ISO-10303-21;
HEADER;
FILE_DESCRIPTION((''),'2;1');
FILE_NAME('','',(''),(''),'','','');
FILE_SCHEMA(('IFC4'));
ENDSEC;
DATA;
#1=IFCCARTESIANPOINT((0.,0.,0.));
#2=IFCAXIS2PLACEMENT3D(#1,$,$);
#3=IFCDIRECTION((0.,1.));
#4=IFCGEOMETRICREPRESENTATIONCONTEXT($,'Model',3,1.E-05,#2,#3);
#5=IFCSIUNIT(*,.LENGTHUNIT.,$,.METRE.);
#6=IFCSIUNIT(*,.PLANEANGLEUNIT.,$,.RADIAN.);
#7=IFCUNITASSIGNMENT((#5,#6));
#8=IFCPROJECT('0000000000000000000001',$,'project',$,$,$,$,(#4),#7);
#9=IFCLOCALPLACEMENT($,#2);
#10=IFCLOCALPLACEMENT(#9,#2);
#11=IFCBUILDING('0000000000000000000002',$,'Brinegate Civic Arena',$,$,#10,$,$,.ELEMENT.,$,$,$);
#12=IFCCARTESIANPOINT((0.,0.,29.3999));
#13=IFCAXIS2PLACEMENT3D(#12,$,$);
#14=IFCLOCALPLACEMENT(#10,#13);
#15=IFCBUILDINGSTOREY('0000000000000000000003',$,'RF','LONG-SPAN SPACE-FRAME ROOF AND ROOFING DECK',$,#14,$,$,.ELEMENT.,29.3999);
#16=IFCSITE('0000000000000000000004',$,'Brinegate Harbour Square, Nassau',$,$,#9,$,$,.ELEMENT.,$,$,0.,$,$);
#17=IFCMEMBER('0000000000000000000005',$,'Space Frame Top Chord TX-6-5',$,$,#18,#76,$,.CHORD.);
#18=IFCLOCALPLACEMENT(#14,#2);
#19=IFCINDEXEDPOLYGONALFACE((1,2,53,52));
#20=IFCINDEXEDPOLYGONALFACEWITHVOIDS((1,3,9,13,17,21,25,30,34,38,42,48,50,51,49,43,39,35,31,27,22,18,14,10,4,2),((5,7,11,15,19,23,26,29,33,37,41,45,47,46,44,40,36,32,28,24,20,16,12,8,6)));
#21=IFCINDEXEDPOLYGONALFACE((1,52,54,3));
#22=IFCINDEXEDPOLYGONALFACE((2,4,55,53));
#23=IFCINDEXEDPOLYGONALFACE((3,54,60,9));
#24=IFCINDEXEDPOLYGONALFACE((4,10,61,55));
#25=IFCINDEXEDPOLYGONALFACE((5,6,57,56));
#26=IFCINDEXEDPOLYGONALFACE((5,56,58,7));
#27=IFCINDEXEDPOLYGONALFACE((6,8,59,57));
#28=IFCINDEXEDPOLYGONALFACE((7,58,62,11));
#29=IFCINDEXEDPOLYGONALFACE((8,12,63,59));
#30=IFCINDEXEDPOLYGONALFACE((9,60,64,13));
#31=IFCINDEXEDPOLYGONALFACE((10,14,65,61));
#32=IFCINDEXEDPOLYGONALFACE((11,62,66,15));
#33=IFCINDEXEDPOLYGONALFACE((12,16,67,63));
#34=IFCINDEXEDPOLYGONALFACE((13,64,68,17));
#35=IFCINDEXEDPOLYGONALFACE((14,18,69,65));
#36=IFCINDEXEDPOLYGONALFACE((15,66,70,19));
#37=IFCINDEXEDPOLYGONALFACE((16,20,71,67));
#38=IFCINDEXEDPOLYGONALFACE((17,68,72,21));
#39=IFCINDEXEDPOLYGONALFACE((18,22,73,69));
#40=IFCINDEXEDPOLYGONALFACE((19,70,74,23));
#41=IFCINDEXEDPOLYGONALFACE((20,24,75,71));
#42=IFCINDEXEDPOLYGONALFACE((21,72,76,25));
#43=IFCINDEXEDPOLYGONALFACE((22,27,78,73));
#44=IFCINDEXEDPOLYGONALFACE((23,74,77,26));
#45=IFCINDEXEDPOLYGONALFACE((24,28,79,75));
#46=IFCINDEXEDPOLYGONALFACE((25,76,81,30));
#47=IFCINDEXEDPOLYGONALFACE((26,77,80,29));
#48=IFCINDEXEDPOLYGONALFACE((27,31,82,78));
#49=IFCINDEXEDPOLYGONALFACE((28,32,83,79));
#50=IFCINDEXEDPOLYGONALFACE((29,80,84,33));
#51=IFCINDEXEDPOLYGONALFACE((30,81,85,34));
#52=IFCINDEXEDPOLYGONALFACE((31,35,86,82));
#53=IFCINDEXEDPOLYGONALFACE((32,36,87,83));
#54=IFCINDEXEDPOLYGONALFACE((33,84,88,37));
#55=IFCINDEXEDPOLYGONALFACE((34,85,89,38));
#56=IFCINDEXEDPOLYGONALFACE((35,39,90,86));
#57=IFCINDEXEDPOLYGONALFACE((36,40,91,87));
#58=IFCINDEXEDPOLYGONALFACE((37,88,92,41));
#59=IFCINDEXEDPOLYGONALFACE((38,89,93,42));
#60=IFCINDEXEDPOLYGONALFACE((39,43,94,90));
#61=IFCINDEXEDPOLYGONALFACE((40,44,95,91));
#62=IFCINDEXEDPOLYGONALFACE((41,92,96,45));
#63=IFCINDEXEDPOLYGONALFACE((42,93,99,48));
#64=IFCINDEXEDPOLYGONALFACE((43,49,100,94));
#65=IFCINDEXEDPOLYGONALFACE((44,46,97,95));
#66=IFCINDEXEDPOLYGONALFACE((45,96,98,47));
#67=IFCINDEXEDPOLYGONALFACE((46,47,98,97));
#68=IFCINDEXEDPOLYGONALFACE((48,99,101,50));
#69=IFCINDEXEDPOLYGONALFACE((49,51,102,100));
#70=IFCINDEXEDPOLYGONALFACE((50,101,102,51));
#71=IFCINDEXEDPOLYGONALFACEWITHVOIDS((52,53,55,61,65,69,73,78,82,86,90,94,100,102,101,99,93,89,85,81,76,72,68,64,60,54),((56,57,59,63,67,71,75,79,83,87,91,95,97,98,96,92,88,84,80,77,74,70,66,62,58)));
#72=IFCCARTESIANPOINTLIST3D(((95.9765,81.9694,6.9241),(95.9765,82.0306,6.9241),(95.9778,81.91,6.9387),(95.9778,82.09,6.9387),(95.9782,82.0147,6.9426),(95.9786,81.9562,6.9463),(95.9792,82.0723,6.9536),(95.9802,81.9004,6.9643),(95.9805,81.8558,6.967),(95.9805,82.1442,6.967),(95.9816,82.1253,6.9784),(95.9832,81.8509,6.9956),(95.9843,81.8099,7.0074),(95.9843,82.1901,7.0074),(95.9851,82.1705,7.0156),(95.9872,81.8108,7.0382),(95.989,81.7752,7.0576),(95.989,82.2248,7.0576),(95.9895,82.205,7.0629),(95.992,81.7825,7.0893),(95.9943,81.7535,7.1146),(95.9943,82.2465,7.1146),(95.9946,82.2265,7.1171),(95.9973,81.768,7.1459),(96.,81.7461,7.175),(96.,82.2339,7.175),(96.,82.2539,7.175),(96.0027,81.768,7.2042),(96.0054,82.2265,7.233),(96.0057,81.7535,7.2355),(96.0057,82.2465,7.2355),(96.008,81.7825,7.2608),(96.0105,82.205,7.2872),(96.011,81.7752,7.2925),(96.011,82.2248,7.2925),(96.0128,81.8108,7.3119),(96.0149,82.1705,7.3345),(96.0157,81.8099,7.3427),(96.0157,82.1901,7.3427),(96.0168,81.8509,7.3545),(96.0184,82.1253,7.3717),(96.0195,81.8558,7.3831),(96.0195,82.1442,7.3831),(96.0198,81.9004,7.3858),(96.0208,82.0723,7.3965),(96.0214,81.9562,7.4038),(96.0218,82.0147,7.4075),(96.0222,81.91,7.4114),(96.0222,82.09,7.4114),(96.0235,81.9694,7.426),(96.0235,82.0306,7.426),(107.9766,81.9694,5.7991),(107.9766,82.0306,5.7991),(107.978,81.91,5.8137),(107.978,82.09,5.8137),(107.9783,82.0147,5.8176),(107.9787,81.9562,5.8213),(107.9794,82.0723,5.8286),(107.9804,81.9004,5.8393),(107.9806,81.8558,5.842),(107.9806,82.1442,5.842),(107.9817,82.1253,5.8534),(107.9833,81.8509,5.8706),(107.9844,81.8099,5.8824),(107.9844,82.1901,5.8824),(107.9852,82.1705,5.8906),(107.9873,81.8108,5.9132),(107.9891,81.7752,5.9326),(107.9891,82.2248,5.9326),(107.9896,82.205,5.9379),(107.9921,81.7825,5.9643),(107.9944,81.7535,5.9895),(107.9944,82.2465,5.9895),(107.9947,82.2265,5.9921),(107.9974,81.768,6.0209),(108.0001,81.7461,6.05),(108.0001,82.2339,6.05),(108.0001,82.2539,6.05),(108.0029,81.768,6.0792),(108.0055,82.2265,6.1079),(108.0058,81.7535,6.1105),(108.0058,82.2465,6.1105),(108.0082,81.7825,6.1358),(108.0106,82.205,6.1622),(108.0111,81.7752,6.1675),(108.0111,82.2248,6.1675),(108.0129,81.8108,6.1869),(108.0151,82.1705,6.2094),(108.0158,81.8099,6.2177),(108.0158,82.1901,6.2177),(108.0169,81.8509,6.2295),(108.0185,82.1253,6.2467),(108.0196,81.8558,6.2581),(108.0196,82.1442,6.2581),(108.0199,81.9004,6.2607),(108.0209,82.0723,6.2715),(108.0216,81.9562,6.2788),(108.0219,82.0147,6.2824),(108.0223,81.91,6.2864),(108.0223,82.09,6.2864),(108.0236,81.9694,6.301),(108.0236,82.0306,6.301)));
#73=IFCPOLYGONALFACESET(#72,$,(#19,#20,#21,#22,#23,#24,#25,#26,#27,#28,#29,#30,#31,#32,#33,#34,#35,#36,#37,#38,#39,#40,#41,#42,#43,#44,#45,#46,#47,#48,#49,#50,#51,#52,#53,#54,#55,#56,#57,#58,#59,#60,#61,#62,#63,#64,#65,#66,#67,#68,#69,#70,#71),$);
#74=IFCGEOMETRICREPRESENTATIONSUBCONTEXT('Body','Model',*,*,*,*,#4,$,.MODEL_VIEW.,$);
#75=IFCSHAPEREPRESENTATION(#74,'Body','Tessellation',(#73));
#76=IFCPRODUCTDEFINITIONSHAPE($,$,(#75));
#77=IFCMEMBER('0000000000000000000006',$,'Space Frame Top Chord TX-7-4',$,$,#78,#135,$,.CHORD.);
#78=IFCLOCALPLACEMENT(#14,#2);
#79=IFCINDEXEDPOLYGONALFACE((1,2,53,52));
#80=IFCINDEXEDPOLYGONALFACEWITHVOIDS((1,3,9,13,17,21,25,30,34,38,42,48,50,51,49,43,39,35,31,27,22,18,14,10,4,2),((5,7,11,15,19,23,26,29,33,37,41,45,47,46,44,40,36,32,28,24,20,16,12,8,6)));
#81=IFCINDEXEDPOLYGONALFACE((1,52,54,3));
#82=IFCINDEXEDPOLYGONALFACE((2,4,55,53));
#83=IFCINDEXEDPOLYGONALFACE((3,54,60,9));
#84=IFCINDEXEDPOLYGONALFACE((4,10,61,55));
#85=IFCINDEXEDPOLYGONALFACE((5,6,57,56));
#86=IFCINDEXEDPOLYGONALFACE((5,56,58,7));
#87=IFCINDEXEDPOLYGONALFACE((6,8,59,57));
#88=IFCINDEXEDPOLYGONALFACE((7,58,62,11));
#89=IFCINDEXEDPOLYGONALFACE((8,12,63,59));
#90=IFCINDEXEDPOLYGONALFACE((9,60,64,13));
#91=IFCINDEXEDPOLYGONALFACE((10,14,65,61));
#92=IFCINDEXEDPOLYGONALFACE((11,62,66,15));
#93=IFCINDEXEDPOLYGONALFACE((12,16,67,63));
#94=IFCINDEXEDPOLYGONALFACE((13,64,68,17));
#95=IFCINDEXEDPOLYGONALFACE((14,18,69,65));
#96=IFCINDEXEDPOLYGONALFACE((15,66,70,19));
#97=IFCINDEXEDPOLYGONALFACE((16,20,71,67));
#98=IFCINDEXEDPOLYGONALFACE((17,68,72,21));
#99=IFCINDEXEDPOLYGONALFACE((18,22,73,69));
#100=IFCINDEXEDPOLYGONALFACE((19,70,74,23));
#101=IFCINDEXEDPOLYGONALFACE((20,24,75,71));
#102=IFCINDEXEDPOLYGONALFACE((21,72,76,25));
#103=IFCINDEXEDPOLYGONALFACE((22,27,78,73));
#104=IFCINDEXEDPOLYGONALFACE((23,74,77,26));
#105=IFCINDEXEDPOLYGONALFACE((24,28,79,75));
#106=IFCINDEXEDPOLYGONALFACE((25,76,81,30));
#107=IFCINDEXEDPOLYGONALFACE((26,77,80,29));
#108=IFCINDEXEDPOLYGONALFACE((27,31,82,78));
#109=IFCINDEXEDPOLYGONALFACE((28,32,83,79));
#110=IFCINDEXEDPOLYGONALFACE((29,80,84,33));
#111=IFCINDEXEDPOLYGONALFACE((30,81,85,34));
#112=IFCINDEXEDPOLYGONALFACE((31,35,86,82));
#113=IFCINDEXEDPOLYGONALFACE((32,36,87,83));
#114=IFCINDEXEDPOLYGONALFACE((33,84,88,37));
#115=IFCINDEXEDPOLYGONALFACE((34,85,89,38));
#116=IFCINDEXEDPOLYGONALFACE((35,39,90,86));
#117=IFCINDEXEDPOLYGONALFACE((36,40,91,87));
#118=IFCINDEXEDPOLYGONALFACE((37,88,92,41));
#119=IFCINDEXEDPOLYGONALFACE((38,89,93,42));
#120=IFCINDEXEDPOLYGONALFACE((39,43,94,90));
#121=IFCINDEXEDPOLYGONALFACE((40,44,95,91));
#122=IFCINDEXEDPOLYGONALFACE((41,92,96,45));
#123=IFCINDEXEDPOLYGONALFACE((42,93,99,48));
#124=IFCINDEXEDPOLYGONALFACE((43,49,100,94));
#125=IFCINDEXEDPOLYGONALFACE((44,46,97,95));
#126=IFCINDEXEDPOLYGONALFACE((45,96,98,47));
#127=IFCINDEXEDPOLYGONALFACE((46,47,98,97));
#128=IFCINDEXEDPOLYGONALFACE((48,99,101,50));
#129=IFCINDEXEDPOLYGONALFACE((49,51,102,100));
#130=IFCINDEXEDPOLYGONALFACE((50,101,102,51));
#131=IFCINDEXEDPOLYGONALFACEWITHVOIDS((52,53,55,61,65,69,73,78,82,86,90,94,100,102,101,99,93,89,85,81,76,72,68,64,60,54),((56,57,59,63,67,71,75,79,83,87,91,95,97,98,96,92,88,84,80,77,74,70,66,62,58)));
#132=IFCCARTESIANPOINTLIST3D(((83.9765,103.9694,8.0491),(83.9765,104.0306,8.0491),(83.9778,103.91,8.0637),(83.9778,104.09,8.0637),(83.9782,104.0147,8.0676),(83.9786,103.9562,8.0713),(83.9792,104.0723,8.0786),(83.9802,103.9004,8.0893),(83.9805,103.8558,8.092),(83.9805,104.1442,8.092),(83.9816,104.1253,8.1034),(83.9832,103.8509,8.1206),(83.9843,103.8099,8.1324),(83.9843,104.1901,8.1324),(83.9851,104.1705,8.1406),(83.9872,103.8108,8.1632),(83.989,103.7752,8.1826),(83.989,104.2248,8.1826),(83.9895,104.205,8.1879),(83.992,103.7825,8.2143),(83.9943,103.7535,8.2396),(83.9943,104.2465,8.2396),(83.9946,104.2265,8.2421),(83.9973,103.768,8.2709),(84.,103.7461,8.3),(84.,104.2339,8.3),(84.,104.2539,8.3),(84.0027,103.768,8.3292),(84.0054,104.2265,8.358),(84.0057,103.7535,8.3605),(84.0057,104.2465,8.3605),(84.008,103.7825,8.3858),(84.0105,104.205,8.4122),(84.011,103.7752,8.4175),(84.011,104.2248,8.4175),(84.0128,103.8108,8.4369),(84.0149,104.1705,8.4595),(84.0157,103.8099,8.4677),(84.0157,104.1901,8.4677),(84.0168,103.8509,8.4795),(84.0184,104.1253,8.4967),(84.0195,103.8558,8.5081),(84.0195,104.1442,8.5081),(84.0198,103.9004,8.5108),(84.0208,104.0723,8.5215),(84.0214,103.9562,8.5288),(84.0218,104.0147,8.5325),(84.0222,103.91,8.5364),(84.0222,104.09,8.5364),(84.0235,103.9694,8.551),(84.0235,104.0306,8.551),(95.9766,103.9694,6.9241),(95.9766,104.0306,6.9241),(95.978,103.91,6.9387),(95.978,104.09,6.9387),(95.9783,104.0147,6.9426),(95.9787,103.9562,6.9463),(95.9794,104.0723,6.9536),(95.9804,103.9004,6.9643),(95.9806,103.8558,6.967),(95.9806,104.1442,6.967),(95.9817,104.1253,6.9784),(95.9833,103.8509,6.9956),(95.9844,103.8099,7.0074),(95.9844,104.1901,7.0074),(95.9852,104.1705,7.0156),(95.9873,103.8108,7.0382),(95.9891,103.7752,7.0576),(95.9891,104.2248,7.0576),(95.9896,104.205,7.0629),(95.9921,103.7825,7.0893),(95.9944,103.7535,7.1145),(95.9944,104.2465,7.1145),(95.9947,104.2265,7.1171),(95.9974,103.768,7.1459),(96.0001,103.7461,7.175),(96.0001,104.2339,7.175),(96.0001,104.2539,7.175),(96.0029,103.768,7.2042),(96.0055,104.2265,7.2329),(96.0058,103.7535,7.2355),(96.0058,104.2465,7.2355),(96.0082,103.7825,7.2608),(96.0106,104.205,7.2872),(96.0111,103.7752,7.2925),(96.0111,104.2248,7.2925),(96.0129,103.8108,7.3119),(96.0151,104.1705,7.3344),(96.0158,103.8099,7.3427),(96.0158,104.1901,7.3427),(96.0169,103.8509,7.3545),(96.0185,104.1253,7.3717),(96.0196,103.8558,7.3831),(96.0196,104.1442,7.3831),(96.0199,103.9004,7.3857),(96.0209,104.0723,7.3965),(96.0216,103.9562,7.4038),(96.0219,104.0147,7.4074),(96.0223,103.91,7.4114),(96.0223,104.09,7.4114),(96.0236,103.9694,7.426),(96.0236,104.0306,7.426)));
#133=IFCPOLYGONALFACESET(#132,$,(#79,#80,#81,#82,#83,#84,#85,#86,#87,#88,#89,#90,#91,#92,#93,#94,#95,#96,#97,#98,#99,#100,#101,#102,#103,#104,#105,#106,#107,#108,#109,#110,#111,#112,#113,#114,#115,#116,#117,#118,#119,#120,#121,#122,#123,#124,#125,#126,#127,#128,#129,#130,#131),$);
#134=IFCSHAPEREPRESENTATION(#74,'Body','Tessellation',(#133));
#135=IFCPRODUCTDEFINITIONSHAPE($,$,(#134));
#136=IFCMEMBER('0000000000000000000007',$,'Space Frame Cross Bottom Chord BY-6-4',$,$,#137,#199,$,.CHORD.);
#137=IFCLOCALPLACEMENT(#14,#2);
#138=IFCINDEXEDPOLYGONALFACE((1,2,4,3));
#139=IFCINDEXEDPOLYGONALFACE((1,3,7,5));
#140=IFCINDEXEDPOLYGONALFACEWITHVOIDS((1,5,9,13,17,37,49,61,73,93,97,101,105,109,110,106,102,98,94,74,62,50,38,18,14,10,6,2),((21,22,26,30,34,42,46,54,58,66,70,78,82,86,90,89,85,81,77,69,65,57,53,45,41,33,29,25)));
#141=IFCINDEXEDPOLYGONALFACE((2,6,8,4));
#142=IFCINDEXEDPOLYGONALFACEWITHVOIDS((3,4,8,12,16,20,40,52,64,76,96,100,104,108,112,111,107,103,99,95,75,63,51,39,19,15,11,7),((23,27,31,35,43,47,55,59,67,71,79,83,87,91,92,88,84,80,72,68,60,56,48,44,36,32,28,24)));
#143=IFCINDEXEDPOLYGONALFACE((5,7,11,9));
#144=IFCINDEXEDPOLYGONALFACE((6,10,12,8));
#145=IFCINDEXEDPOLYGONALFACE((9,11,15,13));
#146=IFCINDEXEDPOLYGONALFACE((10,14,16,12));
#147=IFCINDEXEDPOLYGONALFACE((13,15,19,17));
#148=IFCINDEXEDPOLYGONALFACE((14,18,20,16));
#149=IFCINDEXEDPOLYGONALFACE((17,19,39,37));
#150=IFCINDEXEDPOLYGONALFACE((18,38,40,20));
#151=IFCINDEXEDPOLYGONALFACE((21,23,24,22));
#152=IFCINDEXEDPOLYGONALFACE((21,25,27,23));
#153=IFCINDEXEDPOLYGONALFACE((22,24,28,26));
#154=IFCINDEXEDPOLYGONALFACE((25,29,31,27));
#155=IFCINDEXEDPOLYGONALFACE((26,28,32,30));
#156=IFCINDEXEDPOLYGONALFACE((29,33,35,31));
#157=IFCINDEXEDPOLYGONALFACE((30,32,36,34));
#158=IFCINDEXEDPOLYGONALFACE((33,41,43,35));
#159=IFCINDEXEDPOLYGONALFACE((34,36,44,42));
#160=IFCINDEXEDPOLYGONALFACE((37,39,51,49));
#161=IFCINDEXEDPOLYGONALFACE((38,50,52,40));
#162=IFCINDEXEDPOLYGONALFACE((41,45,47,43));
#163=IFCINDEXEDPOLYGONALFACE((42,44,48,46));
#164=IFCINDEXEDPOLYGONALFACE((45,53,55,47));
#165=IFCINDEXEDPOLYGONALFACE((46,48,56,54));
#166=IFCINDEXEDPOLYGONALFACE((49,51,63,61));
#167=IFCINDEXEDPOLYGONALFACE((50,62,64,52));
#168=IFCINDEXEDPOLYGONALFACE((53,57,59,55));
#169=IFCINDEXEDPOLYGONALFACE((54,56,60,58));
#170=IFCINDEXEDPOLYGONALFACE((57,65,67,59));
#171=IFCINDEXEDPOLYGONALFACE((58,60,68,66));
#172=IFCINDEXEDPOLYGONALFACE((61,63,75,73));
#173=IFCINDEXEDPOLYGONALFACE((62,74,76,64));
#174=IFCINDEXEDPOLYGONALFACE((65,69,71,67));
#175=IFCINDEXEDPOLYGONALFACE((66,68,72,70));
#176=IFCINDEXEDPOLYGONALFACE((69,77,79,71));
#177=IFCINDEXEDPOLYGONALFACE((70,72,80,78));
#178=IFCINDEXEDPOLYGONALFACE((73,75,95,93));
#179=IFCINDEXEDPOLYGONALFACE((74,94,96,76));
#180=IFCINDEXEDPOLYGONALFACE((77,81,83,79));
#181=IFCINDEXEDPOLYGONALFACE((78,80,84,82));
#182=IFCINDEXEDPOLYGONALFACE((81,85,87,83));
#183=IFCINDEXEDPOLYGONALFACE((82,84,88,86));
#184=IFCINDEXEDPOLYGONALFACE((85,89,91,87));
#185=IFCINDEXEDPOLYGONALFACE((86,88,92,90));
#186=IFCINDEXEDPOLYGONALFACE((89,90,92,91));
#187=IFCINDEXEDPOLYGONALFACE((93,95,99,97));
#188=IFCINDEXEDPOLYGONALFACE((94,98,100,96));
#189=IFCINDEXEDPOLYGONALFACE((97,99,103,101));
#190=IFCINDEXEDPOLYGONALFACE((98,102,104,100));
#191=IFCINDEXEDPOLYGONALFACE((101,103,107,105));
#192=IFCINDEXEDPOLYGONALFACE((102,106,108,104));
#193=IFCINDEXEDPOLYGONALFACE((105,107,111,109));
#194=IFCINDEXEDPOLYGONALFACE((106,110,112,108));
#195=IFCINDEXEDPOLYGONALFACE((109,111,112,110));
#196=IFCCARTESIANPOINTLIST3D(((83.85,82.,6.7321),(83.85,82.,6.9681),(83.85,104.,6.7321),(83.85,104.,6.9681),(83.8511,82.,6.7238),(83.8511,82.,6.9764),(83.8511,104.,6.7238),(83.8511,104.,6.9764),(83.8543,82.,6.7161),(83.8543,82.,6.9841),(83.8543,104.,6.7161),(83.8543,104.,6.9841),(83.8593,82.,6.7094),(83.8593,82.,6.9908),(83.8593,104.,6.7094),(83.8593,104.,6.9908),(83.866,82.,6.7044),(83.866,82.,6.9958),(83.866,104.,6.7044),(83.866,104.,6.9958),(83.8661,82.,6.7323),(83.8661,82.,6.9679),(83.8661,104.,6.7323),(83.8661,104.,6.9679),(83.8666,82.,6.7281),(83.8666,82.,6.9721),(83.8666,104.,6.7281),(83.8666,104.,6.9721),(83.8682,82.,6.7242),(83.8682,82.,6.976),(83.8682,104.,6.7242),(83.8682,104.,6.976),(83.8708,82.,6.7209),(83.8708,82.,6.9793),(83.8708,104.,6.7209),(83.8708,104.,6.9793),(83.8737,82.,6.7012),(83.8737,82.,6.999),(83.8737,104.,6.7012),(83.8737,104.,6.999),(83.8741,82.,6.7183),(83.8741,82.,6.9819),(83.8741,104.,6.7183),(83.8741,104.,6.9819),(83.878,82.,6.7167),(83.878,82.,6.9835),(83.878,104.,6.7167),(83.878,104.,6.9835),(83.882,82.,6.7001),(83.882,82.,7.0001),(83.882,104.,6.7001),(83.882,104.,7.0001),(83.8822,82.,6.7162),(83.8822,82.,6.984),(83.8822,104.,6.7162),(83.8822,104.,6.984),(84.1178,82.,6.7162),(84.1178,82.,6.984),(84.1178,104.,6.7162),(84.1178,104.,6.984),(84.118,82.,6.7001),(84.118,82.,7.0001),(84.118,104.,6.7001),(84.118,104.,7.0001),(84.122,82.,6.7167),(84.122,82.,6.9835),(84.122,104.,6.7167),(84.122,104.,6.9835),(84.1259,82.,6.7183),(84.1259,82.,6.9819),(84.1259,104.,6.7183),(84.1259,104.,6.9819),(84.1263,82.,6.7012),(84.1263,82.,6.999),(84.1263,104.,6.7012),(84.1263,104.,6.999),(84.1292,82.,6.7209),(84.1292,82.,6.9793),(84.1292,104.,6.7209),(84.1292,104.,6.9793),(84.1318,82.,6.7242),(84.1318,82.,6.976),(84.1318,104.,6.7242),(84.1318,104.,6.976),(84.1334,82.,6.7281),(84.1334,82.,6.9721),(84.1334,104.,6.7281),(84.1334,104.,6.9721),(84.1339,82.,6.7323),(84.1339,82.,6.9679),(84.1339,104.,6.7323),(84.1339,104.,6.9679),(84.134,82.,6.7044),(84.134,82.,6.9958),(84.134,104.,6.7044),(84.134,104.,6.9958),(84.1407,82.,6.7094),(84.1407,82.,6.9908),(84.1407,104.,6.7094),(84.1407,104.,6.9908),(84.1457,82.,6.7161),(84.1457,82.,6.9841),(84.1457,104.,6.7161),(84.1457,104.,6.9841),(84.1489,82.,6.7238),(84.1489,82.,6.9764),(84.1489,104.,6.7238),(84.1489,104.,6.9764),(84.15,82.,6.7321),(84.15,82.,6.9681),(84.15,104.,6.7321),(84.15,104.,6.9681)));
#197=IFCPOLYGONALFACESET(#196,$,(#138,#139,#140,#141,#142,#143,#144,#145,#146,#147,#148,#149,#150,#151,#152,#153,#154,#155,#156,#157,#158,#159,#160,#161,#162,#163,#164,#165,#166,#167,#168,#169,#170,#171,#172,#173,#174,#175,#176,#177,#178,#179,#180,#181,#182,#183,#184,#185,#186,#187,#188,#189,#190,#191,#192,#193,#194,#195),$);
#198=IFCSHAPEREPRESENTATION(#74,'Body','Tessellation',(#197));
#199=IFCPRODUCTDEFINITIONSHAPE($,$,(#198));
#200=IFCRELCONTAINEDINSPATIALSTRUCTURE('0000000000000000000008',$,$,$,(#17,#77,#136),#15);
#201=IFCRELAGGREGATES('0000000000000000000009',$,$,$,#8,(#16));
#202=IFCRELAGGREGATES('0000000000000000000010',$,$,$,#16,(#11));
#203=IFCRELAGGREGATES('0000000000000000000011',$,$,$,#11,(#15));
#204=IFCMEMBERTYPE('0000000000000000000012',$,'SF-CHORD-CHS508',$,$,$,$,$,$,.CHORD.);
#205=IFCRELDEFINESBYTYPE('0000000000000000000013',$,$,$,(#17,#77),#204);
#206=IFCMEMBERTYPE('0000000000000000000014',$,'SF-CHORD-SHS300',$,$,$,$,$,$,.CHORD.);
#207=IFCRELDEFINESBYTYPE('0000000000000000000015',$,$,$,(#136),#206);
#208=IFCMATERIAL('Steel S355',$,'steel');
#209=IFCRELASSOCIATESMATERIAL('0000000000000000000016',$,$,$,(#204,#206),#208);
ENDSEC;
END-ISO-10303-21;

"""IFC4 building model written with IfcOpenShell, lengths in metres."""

from ifc_helpers import new_model, si_unit, direction, frame, origin, origin_2d, place, context, subcontext, project, spatial, hollow_rectangle, hollow_circle, extrude, material, material_profile, profile_set, type_object, element, save


model = new_model("IFC4")

# Units and contexts
model_context = context("Model", 3, precision=1e-05, world=origin(), true_north=direction((0.0, 1.0)))
body_context = subcontext(model_context, "Body", "Model", "MODEL_VIEW")
ifc_project = project(units=[si_unit("LENGTHUNIT", "METRE"), si_unit("PLANEANGLEUNIT", "RADIAN")], contexts=[model_context])

# Site, building, storey
site_placement = place(None, origin())
site = spatial("IfcSite", under=ifc_project, at=site_placement, Name="Brinegate Harbour Square, Nassau", CompositionType="ELEMENT", RefElevation=0.0)
building_placement = place(site_placement, origin())
building = spatial("IfcBuilding", under=site, at=building_placement, Name="Brinegate Civic Arena", CompositionType="ELEMENT")
storey_placement = place(building_placement, frame((0.0, 0.0, 29.3999)))
storey = spatial("IfcBuildingStorey", under=building, at=storey_placement, Name="RF", Description="LONG-SPAN SPACE-FRAME ROOF AND ROOFING DECK", CompositionType="ELEMENT", Elevation=29.3999)

# Members
ifc_material = material(Name="Steel S355", Category="steel")
ifc_material_profile_1 = material_profile(ifc_material, hollow_circle(Radius=0.2539, WallThickness=0.02, at=origin_2d()), Name="CHS508X20")
ifc_profile_set_1 = profile_set([ifc_material_profile_1], Name="Steel S355")
member_type_1 = type_object("IfcMemberType", Name="SF-CHORD-CHS508", PredefinedType="CHORD", material=ifc_profile_set_1)
for number, where, z_axis, x_axis, name in (
    (1, (96.0, 82.0, 7.175), (0.995634, 0.0, -0.093341), (0.0, 1.0, 0.0), "Space Frame Top Chord TX-6-5"),
    (2, (84.0, 104.0, 8.3), (0.995634, 0.0, -0.093341), (0.0, 1.0, 0.0), "Space Frame Top Chord TX-7-4"),
):
    element("IfcMember", number, at=place(storey_placement, frame(where, z_axis=z_axis, x_axis=x_axis)), inside=storey, type_object=member_type_1, Name=name, PredefinedType="CHORD", context=body_context, shape_type="SweptSolid", body=[
        extrude(hollow_circle(Radius=0.2539, WallThickness=0.02, at=origin_2d()), origin(), (0.0, 0.0, 1.0), 12.0527),
    ])
ifc_material_profile_2 = material_profile(ifc_material, hollow_rectangle(XDim=0.3, YDim=0.3, WallThickness=0.0161, InnerFilletRadius=0.0161, OuterFilletRadius=0.032, at=origin_2d()), Name="SHS300X16")
ifc_profile_set_2 = profile_set([ifc_material_profile_2], Name="Steel S355")
member_type_2 = type_object("IfcMemberType", Name="SF-CHORD-SHS300", PredefinedType="CHORD", material=ifc_profile_set_2)
member_1_placement = place(storey_placement, frame((84.0, 82.0, 6.8501), z_axis=(0.0, 1.0, 0.0), x_axis=(-1.0, 0.0, 0.0)))
element("IfcMember", 3, at=member_1_placement, inside=storey, type_object=member_type_2, Name="Space Frame Cross Bottom Chord BY-6-4", PredefinedType="CHORD", context=body_context, shape_type="SweptSolid", body=[
    extrude(hollow_rectangle(XDim=0.3, YDim=0.3, WallThickness=0.0161, InnerFilletRadius=0.0161, OuterFilletRadius=0.032, at=origin_2d()), origin(), (0.0, 0.0, 1.0), 22.0),
])

save(model, "model.ifc")
